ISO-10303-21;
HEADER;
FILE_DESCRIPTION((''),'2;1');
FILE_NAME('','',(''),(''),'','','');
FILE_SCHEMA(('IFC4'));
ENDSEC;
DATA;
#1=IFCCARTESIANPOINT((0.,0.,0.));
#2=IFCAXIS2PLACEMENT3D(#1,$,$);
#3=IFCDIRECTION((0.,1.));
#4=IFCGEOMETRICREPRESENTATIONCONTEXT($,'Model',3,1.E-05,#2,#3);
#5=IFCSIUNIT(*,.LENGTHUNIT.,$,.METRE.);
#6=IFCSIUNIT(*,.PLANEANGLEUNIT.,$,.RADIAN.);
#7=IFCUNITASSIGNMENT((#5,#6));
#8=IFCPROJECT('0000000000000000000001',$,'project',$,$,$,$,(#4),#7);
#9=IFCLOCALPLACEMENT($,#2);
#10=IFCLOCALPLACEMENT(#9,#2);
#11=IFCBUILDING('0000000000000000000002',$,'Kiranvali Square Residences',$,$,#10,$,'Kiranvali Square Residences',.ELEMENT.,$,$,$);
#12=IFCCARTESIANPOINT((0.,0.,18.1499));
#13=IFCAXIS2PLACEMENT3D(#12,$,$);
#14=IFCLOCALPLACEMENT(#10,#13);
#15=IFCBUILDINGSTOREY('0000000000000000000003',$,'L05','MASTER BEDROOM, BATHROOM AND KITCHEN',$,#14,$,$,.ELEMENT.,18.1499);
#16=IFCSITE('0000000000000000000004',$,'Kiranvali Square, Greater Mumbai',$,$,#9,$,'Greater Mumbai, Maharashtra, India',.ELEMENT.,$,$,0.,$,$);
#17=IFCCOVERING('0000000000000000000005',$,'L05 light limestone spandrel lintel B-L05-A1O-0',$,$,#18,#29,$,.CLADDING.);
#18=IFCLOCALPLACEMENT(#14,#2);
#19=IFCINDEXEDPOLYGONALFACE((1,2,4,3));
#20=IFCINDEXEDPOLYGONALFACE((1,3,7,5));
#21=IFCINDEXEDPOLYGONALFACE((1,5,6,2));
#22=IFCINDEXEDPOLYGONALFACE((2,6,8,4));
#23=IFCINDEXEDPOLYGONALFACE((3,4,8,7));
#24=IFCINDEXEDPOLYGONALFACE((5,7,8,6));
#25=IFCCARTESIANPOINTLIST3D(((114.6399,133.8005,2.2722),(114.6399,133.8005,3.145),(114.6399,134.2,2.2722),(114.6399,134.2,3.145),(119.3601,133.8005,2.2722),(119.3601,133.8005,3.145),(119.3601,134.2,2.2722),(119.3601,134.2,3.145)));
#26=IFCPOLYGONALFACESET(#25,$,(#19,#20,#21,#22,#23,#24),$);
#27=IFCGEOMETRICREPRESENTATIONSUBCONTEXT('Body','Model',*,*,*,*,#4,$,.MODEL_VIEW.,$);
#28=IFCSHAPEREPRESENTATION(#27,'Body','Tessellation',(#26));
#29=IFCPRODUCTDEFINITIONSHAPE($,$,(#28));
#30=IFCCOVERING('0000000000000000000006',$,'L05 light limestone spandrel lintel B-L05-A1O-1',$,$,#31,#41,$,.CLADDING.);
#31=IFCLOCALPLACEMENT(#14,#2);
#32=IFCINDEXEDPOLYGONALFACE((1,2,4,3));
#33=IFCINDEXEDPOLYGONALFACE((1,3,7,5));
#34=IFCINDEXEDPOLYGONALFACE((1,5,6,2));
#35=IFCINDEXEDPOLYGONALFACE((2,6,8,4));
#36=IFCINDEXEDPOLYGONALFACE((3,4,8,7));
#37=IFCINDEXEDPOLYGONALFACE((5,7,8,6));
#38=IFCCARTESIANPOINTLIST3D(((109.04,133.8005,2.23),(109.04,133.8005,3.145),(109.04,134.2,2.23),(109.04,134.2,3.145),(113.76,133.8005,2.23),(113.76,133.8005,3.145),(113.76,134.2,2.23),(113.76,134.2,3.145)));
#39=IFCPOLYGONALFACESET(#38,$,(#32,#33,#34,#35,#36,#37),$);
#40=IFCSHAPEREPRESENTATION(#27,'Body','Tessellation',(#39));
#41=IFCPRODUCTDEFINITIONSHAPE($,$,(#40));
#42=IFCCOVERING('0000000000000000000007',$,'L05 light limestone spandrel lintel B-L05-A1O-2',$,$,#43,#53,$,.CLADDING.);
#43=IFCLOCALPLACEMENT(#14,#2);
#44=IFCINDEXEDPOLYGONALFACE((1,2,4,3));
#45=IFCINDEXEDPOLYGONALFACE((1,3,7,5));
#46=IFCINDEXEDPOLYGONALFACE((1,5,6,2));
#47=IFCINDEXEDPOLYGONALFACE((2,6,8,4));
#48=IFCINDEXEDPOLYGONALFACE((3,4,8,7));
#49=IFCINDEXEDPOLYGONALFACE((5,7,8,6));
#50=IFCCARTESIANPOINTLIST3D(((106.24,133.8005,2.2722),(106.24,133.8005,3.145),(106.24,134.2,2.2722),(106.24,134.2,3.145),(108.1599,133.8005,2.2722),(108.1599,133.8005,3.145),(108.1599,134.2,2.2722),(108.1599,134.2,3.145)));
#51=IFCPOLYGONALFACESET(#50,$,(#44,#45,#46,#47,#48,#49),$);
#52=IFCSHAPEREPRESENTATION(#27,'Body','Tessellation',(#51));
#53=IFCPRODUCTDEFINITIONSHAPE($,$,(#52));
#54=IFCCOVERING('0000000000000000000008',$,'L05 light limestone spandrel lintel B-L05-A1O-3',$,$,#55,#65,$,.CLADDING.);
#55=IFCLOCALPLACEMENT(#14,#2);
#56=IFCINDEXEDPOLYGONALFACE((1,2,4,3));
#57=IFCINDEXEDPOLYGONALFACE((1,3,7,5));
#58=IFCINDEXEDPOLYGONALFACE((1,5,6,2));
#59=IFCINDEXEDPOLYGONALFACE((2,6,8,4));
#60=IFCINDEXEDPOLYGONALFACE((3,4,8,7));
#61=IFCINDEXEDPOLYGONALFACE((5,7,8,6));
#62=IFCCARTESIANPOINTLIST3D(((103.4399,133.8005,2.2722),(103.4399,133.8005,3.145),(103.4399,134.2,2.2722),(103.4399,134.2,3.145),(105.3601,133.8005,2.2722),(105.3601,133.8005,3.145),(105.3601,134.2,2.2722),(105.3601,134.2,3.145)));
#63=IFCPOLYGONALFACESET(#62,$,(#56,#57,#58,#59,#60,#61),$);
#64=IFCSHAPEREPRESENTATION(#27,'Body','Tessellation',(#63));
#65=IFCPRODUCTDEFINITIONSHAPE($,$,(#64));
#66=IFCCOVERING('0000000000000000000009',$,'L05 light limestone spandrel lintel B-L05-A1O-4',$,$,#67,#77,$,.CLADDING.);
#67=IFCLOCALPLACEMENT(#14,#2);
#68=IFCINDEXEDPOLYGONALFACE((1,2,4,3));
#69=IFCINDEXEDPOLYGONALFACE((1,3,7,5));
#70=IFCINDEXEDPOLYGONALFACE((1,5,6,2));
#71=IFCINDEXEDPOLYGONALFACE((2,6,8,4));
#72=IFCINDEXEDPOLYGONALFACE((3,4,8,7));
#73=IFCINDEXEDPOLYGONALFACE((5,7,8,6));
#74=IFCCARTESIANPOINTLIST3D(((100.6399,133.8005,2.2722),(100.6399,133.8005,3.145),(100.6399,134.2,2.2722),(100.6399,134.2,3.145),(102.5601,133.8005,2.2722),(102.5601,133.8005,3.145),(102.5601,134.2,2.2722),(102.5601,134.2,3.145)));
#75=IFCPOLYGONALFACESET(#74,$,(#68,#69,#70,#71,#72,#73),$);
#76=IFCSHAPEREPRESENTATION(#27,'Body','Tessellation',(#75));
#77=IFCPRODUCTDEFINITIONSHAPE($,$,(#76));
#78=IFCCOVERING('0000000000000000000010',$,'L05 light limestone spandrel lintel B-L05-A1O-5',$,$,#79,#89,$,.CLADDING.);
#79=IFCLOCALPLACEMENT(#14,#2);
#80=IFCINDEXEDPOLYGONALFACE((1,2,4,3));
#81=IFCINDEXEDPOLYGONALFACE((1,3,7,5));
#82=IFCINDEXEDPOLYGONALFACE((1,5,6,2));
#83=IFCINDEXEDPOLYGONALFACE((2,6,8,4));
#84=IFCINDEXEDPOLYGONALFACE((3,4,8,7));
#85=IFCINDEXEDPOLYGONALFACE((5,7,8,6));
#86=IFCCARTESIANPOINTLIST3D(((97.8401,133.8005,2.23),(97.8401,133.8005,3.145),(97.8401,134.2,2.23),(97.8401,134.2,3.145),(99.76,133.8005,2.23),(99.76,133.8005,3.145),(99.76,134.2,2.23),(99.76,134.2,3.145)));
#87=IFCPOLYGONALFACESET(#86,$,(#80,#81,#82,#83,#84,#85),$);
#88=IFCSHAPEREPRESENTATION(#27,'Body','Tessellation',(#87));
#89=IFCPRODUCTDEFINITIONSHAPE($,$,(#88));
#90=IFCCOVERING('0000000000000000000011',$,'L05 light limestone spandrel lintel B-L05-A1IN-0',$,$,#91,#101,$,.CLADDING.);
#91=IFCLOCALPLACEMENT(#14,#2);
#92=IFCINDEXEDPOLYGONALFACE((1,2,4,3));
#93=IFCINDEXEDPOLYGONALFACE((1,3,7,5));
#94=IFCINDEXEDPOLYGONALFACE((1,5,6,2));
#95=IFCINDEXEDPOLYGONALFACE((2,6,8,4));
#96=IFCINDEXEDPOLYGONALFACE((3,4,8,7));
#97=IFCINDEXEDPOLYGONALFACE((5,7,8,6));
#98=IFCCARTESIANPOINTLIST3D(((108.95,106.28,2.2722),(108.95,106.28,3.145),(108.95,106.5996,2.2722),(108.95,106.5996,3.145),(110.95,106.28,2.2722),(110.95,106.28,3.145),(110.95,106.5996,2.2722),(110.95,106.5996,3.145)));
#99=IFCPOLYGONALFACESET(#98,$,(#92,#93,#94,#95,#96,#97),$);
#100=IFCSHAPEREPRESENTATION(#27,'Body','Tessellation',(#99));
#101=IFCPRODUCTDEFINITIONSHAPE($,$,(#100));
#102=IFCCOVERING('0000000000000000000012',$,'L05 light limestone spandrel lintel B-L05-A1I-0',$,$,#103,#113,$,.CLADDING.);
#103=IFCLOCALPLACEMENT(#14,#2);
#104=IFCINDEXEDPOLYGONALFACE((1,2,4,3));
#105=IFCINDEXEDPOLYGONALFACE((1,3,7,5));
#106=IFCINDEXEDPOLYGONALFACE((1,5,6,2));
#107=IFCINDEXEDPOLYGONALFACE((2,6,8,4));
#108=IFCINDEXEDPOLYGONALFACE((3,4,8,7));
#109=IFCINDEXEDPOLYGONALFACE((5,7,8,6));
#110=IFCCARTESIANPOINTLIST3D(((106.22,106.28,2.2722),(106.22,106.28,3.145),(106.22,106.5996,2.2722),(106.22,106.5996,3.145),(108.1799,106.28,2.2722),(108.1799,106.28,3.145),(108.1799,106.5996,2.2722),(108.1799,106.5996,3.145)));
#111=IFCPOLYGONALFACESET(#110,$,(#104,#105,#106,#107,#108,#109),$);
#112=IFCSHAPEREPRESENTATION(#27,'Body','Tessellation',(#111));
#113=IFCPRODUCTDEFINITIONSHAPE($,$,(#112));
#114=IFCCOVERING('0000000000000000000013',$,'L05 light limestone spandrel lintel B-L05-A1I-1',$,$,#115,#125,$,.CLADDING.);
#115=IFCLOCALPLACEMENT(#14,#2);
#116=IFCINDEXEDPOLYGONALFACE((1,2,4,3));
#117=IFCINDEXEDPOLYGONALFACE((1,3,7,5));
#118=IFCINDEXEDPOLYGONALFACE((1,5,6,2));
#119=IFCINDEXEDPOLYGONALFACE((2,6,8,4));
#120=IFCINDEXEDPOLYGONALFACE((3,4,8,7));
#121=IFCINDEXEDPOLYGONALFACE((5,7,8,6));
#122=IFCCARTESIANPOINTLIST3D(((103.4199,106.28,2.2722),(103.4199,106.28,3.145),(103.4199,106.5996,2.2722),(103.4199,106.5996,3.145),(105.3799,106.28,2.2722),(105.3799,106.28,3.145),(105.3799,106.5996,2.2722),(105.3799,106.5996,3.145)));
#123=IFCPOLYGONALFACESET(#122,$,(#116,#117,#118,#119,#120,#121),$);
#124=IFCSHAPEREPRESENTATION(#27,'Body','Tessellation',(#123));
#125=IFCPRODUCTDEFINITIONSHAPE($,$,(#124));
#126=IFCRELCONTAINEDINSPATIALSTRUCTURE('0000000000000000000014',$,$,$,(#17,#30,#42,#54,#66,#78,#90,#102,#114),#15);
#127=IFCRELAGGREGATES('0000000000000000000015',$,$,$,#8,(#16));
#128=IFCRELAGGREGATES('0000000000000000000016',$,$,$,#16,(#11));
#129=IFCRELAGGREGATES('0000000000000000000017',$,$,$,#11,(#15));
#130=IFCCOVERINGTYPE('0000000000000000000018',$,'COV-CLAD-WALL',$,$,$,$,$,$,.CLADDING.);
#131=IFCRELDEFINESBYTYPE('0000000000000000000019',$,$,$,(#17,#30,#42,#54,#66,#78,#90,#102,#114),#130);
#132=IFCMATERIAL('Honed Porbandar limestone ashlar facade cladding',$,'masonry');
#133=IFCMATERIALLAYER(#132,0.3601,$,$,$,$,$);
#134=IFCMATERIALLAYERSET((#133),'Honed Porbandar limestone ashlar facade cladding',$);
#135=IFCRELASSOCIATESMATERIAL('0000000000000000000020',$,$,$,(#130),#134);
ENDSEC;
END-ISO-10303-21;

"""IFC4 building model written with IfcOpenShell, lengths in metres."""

from ifc_helpers import new_model, si_unit, direction, frame, origin, place, context, subcontext, project, spatial, polyline, outline, extrude, material, layer, layer_set, type_object, element, save


model = new_model("IFC4")

# Units and contexts
model_context = context("Model", 3, precision=1e-05, world=origin(), true_north=direction((0.0, 1.0)))
body_context = subcontext(model_context, "Body", "Model", "MODEL_VIEW")
ifc_project = project(units=[si_unit("LENGTHUNIT", "METRE"), si_unit("PLANEANGLEUNIT", "RADIAN")], contexts=[model_context])

# Site, building, storey
site_placement = place(None, origin())
site = spatial("IfcSite", under=ifc_project, at=site_placement, Name="Kiranvali Square, Greater Mumbai", LongName="Greater Mumbai, Maharashtra, India", CompositionType="ELEMENT", RefElevation=0.0)
building_placement = place(site_placement, origin())
building = spatial("IfcBuilding", under=site, at=building_placement, Name="Kiranvali Square Residences", LongName="Kiranvali Square Residences", CompositionType="ELEMENT")
storey_placement = place(building_placement, frame((0.0, 0.0, 18.1499)))
storey = spatial("IfcBuildingStorey", under=building, at=storey_placement, Name="L05", Description="MASTER BEDROOM, BATHROOM AND KITCHEN", CompositionType="ELEMENT", Elevation=18.1499)

# Coverings
ifc_material = material(Name="Honed Porbandar limestone ashlar facade cladding", Category="masonry")
ifc_layer = layer(ifc_material, 0.3601)
ifc_layer_set = layer_set([ifc_layer], Name="Honed Porbandar limestone ashlar facade cladding")
covering_type = type_object("IfcCoveringType", Name="COV-CLAD-WALL", PredefinedType="CLADDING", material=ifc_layer_set)
covering_1_placement = place(storey_placement, frame((0.0, 0.0, 2.2722)))
element("IfcCovering", 1, at=covering_1_placement, inside=storey, type_object=covering_type, Name="L05 light limestone spandrel lintel B-L05-A1O-0", PredefinedType="CLADDING", context=body_context, shape_type="SweptSolid", body=[
    extrude(outline(polyline([(119.3601, 134.2), (114.6399, 134.2), (114.6399, 133.8005), (119.3601, 133.8005), (119.3601, 134.2)])), origin(), (0.0, 0.0, 1.0), 0.8728),
])
covering_2_placement = place(storey_placement, frame((0.0, 0.0, 2.23)))
element("IfcCovering", 2, at=covering_2_placement, inside=storey, type_object=covering_type, Name="L05 light limestone spandrel lintel B-L05-A1O-1", PredefinedType="CLADDING", context=body_context, shape_type="SweptSolid", body=[
    extrude(outline(polyline([(113.76, 134.2), (109.04, 134.2), (109.04, 133.8005), (113.76, 133.8005), (113.76, 134.2)])), origin(), (0.0, 0.0, 1.0), 0.915),
])
covering_3_placement = place(storey_placement, frame((0.0, 0.0, 2.2722)))
element("IfcCovering", 3, at=covering_3_placement, inside=storey, type_object=covering_type, Name="L05 light limestone spandrel lintel B-L05-A1O-2", PredefinedType="CLADDING", context=body_context, shape_type="SweptSolid", body=[
    extrude(outline(polyline([(108.1599, 134.2), (106.24, 134.2), (106.24, 133.8005), (108.1599, 133.8005), (108.1599, 134.2)])), origin(), (0.0, 0.0, 1.0), 0.8728),
])
covering_4_placement = place(storey_placement, frame((0.0, 0.0, 2.2722)))
element("IfcCovering", 4, at=covering_4_placement, inside=storey, type_object=covering_type, Name="L05 light limestone spandrel lintel B-L05-A1O-3", PredefinedType="CLADDING", context=body_context, shape_type="SweptSolid", body=[
    extrude(outline(polyline([(105.3601, 134.2), (103.4399, 134.2), (103.4399, 133.8005), (105.3601, 133.8005), (105.3601, 134.2)])), origin(), (0.0, 0.0, 1.0), 0.8728),
])
covering_5_placement = place(storey_placement, frame((0.0, 0.0, 2.2722)))
element("IfcCovering", 5, at=covering_5_placement, inside=storey, type_object=covering_type, Name="L05 light limestone spandrel lintel B-L05-A1O-4", PredefinedType="CLADDING", context=body_context, shape_type="SweptSolid", body=[
    extrude(outline(polyline([(102.5601, 134.2), (100.6399, 134.2), (100.6399, 133.8005), (102.5601, 133.8005), (102.5601, 134.2)])), origin(), (0.0, 0.0, 1.0), 0.8728),
])
covering_6_placement = place(storey_placement, frame((0.0, 0.0, 2.23)))
element("IfcCovering", 6, at=covering_6_placement, inside=storey, type_object=covering_type, Name="L05 light limestone spandrel lintel B-L05-A1O-5", PredefinedType="CLADDING", context=body_context, shape_type="SweptSolid", body=[
    extrude(outline(polyline([(99.76, 134.2), (97.8401, 134.2), (97.8401, 133.8005), (99.76, 133.8005), (99.76, 134.2)])), origin(), (0.0, 0.0, 1.0), 0.915),
])
covering_7_placement = place(storey_placement, frame((0.0, 0.0, 2.2722)))
element("IfcCovering", 7, at=covering_7_placement, inside=storey, type_object=covering_type, Name="L05 light limestone spandrel lintel B-L05-A1IN-0", PredefinedType="CLADDING", context=body_context, shape_type="SweptSolid", body=[
    extrude(outline(polyline([(110.95, 106.5996), (108.95, 106.5996), (108.95, 106.28), (110.95, 106.28), (110.95, 106.5996)])), origin(), (0.0, 0.0, 1.0), 0.8728),
])
covering_8_placement = place(storey_placement, frame((0.0, 0.0, 2.2722)))
element("IfcCovering", 8, at=covering_8_placement, inside=storey, type_object=covering_type, Name="L05 light limestone spandrel lintel B-L05-A1I-0", PredefinedType="CLADDING", context=body_context, shape_type="SweptSolid", body=[
    extrude(outline(polyline([(108.1799, 106.5996), (106.22, 106.5996), (106.22, 106.28), (108.1799, 106.28), (108.1799, 106.5996)])), origin(), (0.0, 0.0, 1.0), 0.8728),
])
covering_9_placement = place(storey_placement, frame((0.0, 0.0, 2.2722)))
element("IfcCovering", 9, at=covering_9_placement, inside=storey, type_object=covering_type, Name="L05 light limestone spandrel lintel B-L05-A1I-1", PredefinedType="CLADDING", context=body_context, shape_type="SweptSolid", body=[
    extrude(outline(polyline([(105.3799, 106.5996), (103.4199, 106.5996), (103.4199, 106.28), (105.3799, 106.28), (105.3799, 106.5996)])), origin(), (0.0, 0.0, 1.0), 0.8728),
])

save(model, "model.ifc")
